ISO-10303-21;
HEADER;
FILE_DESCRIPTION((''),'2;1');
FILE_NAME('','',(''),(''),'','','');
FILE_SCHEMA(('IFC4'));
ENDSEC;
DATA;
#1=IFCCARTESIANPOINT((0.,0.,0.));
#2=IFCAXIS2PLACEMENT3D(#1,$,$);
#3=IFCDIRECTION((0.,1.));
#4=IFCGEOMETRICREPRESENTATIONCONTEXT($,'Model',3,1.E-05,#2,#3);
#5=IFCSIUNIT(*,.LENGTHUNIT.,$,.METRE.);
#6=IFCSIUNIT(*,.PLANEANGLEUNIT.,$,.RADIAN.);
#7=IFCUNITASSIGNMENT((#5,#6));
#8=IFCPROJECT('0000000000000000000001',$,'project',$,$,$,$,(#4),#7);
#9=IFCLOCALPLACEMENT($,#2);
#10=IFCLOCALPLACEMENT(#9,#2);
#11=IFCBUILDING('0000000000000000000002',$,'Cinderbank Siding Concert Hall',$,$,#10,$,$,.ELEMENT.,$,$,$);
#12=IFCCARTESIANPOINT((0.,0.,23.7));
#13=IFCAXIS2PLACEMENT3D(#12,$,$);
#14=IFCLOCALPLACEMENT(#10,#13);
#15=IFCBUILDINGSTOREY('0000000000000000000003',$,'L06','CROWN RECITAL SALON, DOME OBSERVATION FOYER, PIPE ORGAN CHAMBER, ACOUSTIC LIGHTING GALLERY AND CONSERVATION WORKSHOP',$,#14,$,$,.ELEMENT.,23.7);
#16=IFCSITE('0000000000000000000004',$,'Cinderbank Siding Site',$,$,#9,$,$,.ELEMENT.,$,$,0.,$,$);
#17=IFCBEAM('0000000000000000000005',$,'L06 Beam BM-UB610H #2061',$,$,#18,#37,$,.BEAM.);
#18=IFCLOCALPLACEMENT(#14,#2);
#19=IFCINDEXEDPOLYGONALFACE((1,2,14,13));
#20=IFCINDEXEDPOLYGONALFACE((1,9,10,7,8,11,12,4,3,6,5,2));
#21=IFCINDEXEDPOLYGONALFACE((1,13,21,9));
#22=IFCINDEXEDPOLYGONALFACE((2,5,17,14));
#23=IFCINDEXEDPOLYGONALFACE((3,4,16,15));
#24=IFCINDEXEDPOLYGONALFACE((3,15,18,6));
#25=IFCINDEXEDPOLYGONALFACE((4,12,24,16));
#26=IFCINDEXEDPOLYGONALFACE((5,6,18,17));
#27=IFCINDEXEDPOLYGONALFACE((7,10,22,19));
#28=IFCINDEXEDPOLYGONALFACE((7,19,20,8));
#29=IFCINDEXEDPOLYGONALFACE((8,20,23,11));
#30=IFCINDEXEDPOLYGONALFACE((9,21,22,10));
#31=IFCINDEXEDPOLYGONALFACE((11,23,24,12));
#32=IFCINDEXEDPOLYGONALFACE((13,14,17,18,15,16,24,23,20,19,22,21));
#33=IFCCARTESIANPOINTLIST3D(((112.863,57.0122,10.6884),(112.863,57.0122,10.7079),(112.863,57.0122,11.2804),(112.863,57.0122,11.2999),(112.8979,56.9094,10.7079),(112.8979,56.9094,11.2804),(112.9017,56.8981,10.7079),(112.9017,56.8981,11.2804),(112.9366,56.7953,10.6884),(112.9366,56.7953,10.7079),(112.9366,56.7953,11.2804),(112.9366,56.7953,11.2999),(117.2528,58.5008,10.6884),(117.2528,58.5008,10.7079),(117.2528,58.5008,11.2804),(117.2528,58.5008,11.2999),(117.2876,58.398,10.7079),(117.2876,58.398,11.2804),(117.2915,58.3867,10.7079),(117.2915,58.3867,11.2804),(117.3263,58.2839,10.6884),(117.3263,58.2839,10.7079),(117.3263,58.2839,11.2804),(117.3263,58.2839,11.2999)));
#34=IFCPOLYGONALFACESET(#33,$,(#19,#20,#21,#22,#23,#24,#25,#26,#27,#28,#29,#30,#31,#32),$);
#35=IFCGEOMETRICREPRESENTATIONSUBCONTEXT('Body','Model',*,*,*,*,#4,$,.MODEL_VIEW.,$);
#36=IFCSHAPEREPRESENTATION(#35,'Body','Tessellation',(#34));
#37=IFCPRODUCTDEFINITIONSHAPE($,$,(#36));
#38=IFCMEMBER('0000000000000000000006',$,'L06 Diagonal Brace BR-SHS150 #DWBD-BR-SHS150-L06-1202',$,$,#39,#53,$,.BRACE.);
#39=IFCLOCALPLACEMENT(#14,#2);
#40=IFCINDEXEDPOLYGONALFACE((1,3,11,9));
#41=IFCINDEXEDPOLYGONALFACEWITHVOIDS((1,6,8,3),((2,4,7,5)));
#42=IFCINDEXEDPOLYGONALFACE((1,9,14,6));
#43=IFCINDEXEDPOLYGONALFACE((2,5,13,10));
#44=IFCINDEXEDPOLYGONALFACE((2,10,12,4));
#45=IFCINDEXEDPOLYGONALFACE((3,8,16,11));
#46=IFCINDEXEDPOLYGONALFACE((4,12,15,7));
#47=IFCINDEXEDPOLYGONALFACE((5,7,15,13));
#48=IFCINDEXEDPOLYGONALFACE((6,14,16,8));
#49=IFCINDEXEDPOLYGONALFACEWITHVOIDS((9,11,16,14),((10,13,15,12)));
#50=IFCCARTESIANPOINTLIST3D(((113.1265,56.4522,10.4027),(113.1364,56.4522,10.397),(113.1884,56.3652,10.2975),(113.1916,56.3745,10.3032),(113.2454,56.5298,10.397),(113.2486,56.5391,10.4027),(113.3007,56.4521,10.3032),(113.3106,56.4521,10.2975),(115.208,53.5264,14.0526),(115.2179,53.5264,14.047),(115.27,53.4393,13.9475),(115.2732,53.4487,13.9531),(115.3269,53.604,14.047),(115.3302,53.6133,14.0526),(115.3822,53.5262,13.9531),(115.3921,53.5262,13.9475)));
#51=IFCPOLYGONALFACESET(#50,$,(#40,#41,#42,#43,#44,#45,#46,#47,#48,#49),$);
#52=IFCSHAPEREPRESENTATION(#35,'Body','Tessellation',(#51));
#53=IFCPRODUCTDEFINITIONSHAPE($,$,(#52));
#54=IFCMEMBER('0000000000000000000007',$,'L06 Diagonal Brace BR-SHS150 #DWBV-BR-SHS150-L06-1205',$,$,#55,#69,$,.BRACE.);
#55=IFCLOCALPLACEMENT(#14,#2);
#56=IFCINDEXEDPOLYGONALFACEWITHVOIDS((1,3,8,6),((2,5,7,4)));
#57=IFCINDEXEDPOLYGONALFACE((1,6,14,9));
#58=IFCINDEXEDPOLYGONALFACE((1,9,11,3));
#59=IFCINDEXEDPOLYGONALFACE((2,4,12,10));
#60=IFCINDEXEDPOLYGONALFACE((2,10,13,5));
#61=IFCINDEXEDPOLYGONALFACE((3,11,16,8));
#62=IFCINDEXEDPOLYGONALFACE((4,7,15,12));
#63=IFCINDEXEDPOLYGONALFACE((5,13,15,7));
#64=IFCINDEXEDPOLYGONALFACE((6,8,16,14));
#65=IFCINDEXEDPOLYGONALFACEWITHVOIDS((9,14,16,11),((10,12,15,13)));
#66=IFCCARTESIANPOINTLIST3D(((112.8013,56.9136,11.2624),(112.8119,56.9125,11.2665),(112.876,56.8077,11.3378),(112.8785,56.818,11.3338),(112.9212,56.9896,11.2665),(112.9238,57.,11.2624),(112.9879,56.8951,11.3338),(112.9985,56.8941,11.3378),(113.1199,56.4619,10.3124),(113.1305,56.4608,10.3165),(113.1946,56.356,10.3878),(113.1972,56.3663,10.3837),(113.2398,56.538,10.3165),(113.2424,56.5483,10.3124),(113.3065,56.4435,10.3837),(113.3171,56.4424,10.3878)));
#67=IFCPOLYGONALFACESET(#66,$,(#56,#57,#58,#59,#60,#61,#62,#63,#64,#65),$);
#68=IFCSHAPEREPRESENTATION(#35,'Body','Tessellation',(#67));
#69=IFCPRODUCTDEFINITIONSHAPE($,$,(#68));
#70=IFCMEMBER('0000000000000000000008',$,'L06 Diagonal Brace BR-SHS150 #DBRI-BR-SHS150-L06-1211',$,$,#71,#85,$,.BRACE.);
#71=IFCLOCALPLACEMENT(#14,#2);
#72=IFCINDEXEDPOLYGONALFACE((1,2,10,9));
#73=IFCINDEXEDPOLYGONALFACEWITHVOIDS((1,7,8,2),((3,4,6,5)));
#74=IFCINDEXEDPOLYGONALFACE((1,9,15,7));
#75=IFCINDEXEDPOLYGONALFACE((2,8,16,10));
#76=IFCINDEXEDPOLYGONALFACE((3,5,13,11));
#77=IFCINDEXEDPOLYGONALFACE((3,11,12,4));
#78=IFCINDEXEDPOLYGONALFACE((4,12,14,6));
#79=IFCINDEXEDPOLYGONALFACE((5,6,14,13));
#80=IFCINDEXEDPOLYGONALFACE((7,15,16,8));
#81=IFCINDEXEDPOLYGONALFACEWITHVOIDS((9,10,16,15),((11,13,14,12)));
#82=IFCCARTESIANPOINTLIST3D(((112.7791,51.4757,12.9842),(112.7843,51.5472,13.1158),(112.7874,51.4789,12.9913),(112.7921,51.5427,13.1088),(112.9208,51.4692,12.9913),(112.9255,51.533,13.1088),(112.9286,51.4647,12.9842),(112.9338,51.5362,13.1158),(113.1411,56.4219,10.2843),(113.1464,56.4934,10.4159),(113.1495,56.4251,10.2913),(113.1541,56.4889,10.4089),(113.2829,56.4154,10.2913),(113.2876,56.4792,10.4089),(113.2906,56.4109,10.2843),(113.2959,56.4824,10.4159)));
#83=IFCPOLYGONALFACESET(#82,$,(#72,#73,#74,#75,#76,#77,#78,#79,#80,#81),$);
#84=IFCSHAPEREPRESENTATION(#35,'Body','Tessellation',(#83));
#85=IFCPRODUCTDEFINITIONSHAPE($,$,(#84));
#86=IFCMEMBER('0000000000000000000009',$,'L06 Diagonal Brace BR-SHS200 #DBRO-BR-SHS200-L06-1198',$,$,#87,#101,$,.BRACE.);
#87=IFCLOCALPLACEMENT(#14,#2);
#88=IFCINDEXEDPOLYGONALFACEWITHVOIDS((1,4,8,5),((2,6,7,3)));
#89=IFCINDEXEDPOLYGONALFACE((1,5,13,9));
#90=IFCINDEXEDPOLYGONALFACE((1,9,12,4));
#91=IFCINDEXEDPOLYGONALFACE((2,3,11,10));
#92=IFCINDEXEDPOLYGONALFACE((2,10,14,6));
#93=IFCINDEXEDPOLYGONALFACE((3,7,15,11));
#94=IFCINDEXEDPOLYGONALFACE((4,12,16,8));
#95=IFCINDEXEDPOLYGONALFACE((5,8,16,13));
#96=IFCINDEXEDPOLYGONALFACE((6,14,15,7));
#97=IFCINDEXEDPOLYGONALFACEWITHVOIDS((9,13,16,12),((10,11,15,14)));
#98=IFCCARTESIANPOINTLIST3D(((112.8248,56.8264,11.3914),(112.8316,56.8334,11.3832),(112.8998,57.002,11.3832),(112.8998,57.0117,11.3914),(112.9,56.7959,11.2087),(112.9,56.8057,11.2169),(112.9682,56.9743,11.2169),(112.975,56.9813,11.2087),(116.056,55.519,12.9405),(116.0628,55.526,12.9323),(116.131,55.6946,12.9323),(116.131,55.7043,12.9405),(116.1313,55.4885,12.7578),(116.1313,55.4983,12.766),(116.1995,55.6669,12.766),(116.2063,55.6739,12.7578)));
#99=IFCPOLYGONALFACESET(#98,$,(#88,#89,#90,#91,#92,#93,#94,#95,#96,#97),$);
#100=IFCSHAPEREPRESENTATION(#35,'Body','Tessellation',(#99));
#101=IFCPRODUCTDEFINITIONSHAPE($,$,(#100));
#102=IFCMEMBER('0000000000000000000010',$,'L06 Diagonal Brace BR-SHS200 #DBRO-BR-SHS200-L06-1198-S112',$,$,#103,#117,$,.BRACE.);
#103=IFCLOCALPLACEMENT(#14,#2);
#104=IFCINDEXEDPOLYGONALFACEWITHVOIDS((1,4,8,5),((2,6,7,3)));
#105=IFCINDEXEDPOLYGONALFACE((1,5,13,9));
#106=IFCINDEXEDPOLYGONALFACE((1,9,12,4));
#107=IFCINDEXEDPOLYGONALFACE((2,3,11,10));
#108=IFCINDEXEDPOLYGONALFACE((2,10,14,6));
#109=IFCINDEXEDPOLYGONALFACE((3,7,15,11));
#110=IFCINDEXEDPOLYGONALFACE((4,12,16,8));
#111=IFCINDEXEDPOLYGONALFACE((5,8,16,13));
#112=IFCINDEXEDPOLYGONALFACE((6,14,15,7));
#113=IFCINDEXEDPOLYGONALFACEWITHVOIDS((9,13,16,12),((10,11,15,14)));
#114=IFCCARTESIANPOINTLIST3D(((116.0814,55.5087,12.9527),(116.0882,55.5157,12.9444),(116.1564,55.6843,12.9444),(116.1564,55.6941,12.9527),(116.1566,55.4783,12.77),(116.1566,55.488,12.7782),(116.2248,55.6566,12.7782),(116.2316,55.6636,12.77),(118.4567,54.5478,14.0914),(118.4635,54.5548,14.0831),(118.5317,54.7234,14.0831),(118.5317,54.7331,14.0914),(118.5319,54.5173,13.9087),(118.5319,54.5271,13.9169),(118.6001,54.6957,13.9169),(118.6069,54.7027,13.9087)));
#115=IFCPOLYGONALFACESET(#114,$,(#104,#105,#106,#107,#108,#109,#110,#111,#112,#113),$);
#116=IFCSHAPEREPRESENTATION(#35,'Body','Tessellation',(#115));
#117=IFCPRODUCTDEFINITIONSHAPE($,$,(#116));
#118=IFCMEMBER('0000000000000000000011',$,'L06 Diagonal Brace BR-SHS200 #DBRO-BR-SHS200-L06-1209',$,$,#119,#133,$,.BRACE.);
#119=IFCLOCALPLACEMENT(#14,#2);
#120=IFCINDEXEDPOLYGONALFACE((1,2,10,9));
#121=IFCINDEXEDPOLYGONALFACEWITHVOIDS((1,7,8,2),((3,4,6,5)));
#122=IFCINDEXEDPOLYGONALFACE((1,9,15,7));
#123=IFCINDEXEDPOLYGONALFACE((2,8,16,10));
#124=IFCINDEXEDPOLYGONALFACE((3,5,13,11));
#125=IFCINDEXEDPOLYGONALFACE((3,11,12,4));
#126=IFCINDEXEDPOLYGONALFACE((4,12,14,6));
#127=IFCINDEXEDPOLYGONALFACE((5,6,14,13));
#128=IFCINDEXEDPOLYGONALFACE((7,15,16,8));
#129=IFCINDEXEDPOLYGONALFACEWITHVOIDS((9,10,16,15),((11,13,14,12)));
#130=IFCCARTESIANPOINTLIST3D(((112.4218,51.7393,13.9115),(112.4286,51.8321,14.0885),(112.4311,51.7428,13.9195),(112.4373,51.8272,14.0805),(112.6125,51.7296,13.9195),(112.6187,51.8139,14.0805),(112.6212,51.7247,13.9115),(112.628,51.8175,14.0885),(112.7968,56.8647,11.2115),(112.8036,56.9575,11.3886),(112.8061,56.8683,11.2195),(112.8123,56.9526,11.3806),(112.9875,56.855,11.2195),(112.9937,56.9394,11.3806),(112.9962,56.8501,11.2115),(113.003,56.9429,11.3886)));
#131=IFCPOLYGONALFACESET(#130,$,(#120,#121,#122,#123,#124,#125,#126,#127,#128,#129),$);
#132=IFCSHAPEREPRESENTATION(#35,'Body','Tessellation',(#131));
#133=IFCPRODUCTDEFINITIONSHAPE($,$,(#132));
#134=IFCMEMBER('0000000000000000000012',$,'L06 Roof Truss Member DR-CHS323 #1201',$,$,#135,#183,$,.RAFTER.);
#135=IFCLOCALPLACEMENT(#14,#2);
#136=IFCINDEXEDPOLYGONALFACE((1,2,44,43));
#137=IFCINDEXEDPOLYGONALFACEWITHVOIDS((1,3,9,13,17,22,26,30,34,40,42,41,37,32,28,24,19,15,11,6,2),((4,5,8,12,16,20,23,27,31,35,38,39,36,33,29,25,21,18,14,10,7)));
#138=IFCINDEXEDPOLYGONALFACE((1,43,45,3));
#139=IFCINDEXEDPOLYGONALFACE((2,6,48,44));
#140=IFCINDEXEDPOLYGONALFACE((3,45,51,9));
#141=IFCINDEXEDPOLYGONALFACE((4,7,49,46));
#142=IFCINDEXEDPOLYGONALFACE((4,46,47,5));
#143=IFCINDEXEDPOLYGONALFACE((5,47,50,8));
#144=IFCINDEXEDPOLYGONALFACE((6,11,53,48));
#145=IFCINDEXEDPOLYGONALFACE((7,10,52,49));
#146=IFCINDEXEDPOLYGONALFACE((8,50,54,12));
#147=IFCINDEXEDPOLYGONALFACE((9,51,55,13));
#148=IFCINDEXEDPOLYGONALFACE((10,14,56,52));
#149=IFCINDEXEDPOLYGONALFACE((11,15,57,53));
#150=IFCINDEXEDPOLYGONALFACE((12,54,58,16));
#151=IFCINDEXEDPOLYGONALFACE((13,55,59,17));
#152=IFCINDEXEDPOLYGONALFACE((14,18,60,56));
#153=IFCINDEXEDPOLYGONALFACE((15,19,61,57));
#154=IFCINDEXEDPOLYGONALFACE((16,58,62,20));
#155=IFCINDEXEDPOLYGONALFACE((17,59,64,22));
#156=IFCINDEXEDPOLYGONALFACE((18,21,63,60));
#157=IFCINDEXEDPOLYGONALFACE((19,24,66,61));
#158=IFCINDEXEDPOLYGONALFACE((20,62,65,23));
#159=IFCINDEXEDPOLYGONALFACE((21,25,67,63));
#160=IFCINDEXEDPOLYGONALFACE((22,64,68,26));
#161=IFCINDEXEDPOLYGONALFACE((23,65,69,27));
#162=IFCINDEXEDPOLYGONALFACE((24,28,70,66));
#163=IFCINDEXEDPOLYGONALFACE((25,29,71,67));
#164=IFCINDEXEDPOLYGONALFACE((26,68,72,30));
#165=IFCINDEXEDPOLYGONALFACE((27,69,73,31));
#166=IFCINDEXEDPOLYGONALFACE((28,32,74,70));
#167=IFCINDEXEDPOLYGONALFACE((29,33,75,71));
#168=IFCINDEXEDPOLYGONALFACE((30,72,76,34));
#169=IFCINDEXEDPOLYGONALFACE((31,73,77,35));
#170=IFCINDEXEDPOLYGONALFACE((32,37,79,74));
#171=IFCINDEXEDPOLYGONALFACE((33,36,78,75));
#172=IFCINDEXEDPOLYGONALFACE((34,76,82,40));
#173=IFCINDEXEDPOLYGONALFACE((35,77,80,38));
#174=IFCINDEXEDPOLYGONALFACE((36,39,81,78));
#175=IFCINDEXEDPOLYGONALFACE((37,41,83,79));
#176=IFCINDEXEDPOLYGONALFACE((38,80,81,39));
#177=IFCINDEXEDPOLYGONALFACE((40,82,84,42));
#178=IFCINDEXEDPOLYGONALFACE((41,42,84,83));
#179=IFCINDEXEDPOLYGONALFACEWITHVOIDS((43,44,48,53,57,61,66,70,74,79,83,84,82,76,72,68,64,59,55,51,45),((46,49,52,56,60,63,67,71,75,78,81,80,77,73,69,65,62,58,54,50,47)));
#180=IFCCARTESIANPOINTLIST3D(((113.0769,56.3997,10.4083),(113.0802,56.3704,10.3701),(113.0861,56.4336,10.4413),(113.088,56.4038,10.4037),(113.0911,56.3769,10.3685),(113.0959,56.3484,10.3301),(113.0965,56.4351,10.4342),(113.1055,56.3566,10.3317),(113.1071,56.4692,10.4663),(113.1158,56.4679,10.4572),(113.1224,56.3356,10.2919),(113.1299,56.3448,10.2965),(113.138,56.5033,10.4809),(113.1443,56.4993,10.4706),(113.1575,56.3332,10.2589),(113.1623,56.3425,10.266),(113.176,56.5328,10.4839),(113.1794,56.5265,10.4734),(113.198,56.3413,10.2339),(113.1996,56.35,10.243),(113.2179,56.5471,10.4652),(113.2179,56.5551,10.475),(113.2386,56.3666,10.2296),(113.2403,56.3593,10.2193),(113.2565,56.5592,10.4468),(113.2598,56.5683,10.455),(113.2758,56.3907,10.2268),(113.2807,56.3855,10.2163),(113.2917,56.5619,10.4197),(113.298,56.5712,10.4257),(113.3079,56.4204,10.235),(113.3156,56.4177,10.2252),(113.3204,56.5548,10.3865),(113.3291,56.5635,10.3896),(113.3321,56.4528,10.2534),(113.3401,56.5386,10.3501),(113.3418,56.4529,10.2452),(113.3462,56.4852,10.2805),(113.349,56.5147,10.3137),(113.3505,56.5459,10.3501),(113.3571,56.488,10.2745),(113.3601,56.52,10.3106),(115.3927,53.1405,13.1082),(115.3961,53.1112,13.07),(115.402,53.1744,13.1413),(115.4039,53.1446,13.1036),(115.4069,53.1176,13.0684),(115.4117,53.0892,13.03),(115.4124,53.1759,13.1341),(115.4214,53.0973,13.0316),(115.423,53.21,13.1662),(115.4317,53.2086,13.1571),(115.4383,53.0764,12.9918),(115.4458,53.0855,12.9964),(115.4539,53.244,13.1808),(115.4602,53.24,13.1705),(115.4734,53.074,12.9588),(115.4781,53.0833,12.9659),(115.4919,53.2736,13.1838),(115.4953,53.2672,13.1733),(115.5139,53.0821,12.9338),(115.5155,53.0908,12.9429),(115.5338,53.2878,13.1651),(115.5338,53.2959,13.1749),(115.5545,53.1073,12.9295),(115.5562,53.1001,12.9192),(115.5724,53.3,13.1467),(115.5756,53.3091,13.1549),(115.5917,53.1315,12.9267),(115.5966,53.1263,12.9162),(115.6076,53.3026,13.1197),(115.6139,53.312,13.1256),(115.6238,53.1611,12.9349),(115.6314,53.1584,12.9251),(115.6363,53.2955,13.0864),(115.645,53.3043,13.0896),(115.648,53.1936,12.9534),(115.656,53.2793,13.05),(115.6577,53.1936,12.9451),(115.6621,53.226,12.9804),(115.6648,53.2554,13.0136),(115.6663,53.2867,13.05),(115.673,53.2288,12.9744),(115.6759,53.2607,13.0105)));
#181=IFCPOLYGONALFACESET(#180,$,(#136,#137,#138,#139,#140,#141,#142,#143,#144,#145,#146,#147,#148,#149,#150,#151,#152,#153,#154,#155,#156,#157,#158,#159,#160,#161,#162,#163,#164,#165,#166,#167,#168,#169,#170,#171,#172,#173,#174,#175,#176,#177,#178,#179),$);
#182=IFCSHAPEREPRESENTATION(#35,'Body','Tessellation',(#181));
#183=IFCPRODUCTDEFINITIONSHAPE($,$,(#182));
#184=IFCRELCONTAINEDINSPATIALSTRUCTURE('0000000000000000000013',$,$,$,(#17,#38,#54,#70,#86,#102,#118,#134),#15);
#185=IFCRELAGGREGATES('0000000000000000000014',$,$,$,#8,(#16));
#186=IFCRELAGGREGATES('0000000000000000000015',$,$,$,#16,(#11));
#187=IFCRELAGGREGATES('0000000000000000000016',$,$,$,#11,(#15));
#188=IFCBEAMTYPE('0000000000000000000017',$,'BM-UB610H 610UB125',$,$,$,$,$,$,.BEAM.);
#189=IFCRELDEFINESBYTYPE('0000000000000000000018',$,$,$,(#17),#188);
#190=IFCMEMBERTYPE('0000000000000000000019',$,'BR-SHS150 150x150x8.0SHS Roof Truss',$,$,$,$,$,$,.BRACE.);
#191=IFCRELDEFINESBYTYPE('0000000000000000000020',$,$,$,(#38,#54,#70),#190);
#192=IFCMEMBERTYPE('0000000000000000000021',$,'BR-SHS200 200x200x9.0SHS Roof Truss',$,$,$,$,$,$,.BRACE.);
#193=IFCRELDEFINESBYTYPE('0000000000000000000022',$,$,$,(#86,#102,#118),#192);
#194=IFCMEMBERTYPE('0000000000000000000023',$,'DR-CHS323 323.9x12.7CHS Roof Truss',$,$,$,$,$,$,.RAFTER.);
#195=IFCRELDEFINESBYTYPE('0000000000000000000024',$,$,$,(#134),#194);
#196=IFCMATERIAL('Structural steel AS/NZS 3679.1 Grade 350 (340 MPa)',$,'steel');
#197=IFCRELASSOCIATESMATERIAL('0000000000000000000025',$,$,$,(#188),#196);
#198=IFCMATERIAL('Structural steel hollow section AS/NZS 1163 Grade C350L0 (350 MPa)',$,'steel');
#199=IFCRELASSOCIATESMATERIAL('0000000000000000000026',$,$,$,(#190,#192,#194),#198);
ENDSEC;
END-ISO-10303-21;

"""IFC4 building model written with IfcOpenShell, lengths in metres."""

from ifc_helpers import new_model, si_unit, direction, frame, origin, origin_2d, place, context, subcontext, project, spatial, hollow_rectangle, hollow_circle, i_section, extrude, material, material_profile, profile_set, type_object, element, save


model = new_model("IFC4")

# Units and contexts
model_context = context("Model", 3, precision=1e-05, world=origin(), true_north=direction((0.0, 1.0)))
body_context = subcontext(model_context, "Body", "Model", "MODEL_VIEW")
ifc_project = project(units=[si_unit("LENGTHUNIT", "METRE"), si_unit("PLANEANGLEUNIT", "RADIAN")], contexts=[model_context])

# Site, building, storey
site_placement = place(None, origin())
site = spatial("IfcSite", under=ifc_project, at=site_placement, Name="Cinderbank Siding Site", CompositionType="ELEMENT", RefElevation=0.0)
building_placement = place(site_placement, origin())
building = spatial("IfcBuilding", under=site, at=building_placement, Name="Cinderbank Siding Concert Hall", CompositionType="ELEMENT")
storey_placement = place(building_placement, frame((0.0, 0.0, 23.7)))
storey = spatial("IfcBuildingStorey", under=building, at=storey_placement, Name="L06", Description="CROWN RECITAL SALON, DOME OBSERVATION FOYER, PIPE ORGAN CHAMBER, ACOUSTIC LIGHTING GALLERY AND CONSERVATION WORKSHOP", CompositionType="ELEMENT", Elevation=23.7)

# Beam
ifc_material_1 = material(Name="Structural steel AS/NZS 3679.1 Grade 350 (340 MPa)", Category="steel")
ifc_material_profile_1 = material_profile(ifc_material_1, i_section(OverallWidth=0.229, OverallDepth=0.6116, WebThickness=0.012, FlangeThickness=0.0195, at=origin_2d()), Name="610UB125", Category="LoadBearing")
ifc_profile_set_1 = profile_set([ifc_material_profile_1], Name="Structural steel AS/NZS 3679.1 Grade 350 (340 MPa)")
beam_type = type_object("IfcBeamType", Name="BM-UB610H 610UB125", PredefinedType="BEAM", material=ifc_profile_set_1)
beam_placement = place(storey_placement, frame((117.2896, 58.3923, 10.9941), z_axis=(-0.947032, -0.321138, 0.0), x_axis=(0.321138, -0.947032, 0.0)))
element("IfcBeam", 1, at=beam_placement, inside=storey, type_object=beam_type, Name="L06 Beam BM-UB610H #2061", PredefinedType="BEAM", context=body_context, shape_type="SweptSolid", body=[
    extrude(i_section(OverallWidth=0.229, OverallDepth=0.6116, WebThickness=0.012, FlangeThickness=0.0195, at=origin_2d()), origin(), (0.0, 0.0, 1.0), 4.6353),
])

# Members
ifc_material_2 = material(Name="Structural steel hollow section AS/NZS 1163 Grade C350L0 (350 MPa)", Category="steel")
ifc_material_profile_2 = material_profile(ifc_material_2, hollow_rectangle(XDim=0.1499, YDim=0.1499, WallThickness=0.0081, at=origin_2d()), Name="150x150x8.0SHS", Category="LoadBearing")
ifc_profile_set_2 = profile_set([ifc_material_profile_2], Name="Structural steel hollow section AS/NZS 1163 Grade C350L0 (350 MPa)")
member_type_1 = type_object("IfcMemberType", Name="BR-SHS150 150x150x8.0SHS Roof Truss", PredefinedType="BRACE", material=ifc_profile_set_2)
member_1_placement = place(storey_placement, frame((113.2185, 56.4521, 10.3501), z_axis=(0.406548, -0.571437, 0.712866), x_axis=(0.814825, 0.579706, 0.0)))
element("IfcMember", 2, at=member_1_placement, inside=storey, type_object=member_type_1, Name="L06 Diagonal Brace BR-SHS150 #DWBD-BR-SHS150-L06-1202", PredefinedType="BRACE", context=body_context, shape_type="SweptSolid", body=[
    extrude(hollow_rectangle(XDim=0.1499, YDim=0.1499, WallThickness=0.0081, at=origin_2d()), origin(), (0.0, 0.0, 1.0), 5.1201),
])
member_2_placement = place(storey_placement, frame((113.2185, 56.4521, 10.3501), z_axis=(-0.28989, 0.410955, 0.864338), x_axis=(-0.817151, -0.576423, 0.0)))
element("IfcMember", 3, at=member_2_placement, inside=storey, type_object=member_type_1, Name="L06 Diagonal Brace BR-SHS150 #DWBV-BR-SHS150-L06-1205", PredefinedType="BRACE", context=body_context, shape_type="SweptSolid", body=[
    extrude(hollow_rectangle(XDim=0.1499, YDim=0.1499, WallThickness=0.0081, at=origin_2d()), origin(), (0.0, 0.0, 1.0), 1.0991),
])
member_3_placement = place(storey_placement, frame((113.2185, 56.4521, 10.3501), z_axis=(-0.064118, -0.875942, 0.478136), x_axis=(0.997332, -0.073003, 0.0)))
element("IfcMember", 4, at=member_3_placement, inside=storey, type_object=member_type_1, Name="L06 Diagonal Brace BR-SHS150 #DBRI-BR-SHS150-L06-1211", PredefinedType="BRACE", context=body_context, shape_type="SweptSolid", body=[
    extrude(hollow_rectangle(XDim=0.1499, YDim=0.1499, WallThickness=0.0081, at=origin_2d()), origin(), (0.0, 0.0, 1.0), 5.6467),
])
ifc_material_profile_3 = material_profile(ifc_material_2, hollow_rectangle(XDim=0.2, YDim=0.2, WallThickness=0.009, at=origin_2d()), Name="200x200x9.0SHS", Category="LoadBearing")
ifc_profile_set_3 = profile_set([ifc_material_profile_3], Name="Structural steel hollow section AS/NZS 1163 Grade C350L0 (350 MPa)")
member_type_2 = type_object("IfcMemberType", Name="BR-SHS200 200x200x9.0SHS Roof Truss", PredefinedType="BRACE", material=ifc_profile_set_3)
member_4_placement = place(storey_placement, frame((112.8999, 56.9038, 11.3), z_axis=(0.84711, -0.342748, 0.406114), x_axis=(0.375071, 0.926996, 0.0)))
element("IfcMember", 5, at=member_4_placement, inside=storey, type_object=member_type_2, Name="L06 Diagonal Brace BR-SHS200 #DBRO-BR-SHS200-L06-1198", PredefinedType="BRACE", context=body_context, shape_type="SweptSolid", body=[
    extrude(hollow_rectangle(XDim=0.2, YDim=0.2, WallThickness=0.009, at=origin_2d()), origin(), (0.0, 0.0, 1.0), 3.8145),
])
member_5_placement = place(storey_placement, frame((116.1565, 55.5862, 12.8613), z_axis=(0.847127, -0.342717, 0.406105), x_axis=(0.375035, 0.927011, 0.0)))
element("IfcMember", 6, at=member_5_placement, inside=storey, type_object=member_type_2, Name="L06 Diagonal Brace BR-SHS200 #DBRO-BR-SHS200-L06-1198-S112", PredefinedType="BRACE", context=body_context, shape_type="SweptSolid", body=[
    extrude(hollow_rectangle(XDim=0.2, YDim=0.2, WallThickness=0.009, at=origin_2d()), origin(), (0.0, 0.0, 1.0), 2.804),
])
member_6_placement = place(storey_placement, frame((112.8999, 56.9038, 11.3), z_axis=(-0.064597, -0.882905, 0.465087), x_axis=(0.997334, -0.072969, 0.0)))
element("IfcMember", 7, at=member_6_placement, inside=storey, type_object=member_type_2, Name="L06 Diagonal Brace BR-SHS200 #DBRO-BR-SHS200-L06-1209", PredefinedType="BRACE", context=body_context, shape_type="SweptSolid", body=[
    extrude(hollow_rectangle(XDim=0.2, YDim=0.2, WallThickness=0.009, at=origin_2d()), origin(), (0.0, 0.0, 1.0), 5.8052),
])
ifc_material_profile_4 = material_profile(ifc_material_2, hollow_circle(Radius=0.1619, WallThickness=0.0127, at=origin_2d()), Name="323.9x12.7CHS", Category="LoadBearing")
ifc_profile_set_4 = profile_set([ifc_material_profile_4], Name="Structural steel hollow section AS/NZS 1163 Grade C350L0 (350 MPa)")
member_type_3 = type_object("IfcMemberType", Name="DR-CHS323 323.9x12.7CHS Roof Truss", PredefinedType="RAFTER", material=ifc_profile_set_4)
member_7_placement = place(storey_placement, frame((113.2185, 56.4521, 10.3501), z_axis=(0.48003, -0.675564, 0.55963), x_axis=(0.815167, 0.579226, 0.0)))
element("IfcMember", 8, at=member_7_placement, inside=storey, type_object=member_type_3, Name="L06 Roof Truss Member DR-CHS323 #1201", PredefinedType="RAFTER", context=body_context, shape_type="SweptSolid", body=[
    extrude(hollow_circle(Radius=0.1619, WallThickness=0.0127, at=origin_2d()), origin(), (0.0, 0.0, 1.0), 4.8245),
])

save(model, "model.ifc")
